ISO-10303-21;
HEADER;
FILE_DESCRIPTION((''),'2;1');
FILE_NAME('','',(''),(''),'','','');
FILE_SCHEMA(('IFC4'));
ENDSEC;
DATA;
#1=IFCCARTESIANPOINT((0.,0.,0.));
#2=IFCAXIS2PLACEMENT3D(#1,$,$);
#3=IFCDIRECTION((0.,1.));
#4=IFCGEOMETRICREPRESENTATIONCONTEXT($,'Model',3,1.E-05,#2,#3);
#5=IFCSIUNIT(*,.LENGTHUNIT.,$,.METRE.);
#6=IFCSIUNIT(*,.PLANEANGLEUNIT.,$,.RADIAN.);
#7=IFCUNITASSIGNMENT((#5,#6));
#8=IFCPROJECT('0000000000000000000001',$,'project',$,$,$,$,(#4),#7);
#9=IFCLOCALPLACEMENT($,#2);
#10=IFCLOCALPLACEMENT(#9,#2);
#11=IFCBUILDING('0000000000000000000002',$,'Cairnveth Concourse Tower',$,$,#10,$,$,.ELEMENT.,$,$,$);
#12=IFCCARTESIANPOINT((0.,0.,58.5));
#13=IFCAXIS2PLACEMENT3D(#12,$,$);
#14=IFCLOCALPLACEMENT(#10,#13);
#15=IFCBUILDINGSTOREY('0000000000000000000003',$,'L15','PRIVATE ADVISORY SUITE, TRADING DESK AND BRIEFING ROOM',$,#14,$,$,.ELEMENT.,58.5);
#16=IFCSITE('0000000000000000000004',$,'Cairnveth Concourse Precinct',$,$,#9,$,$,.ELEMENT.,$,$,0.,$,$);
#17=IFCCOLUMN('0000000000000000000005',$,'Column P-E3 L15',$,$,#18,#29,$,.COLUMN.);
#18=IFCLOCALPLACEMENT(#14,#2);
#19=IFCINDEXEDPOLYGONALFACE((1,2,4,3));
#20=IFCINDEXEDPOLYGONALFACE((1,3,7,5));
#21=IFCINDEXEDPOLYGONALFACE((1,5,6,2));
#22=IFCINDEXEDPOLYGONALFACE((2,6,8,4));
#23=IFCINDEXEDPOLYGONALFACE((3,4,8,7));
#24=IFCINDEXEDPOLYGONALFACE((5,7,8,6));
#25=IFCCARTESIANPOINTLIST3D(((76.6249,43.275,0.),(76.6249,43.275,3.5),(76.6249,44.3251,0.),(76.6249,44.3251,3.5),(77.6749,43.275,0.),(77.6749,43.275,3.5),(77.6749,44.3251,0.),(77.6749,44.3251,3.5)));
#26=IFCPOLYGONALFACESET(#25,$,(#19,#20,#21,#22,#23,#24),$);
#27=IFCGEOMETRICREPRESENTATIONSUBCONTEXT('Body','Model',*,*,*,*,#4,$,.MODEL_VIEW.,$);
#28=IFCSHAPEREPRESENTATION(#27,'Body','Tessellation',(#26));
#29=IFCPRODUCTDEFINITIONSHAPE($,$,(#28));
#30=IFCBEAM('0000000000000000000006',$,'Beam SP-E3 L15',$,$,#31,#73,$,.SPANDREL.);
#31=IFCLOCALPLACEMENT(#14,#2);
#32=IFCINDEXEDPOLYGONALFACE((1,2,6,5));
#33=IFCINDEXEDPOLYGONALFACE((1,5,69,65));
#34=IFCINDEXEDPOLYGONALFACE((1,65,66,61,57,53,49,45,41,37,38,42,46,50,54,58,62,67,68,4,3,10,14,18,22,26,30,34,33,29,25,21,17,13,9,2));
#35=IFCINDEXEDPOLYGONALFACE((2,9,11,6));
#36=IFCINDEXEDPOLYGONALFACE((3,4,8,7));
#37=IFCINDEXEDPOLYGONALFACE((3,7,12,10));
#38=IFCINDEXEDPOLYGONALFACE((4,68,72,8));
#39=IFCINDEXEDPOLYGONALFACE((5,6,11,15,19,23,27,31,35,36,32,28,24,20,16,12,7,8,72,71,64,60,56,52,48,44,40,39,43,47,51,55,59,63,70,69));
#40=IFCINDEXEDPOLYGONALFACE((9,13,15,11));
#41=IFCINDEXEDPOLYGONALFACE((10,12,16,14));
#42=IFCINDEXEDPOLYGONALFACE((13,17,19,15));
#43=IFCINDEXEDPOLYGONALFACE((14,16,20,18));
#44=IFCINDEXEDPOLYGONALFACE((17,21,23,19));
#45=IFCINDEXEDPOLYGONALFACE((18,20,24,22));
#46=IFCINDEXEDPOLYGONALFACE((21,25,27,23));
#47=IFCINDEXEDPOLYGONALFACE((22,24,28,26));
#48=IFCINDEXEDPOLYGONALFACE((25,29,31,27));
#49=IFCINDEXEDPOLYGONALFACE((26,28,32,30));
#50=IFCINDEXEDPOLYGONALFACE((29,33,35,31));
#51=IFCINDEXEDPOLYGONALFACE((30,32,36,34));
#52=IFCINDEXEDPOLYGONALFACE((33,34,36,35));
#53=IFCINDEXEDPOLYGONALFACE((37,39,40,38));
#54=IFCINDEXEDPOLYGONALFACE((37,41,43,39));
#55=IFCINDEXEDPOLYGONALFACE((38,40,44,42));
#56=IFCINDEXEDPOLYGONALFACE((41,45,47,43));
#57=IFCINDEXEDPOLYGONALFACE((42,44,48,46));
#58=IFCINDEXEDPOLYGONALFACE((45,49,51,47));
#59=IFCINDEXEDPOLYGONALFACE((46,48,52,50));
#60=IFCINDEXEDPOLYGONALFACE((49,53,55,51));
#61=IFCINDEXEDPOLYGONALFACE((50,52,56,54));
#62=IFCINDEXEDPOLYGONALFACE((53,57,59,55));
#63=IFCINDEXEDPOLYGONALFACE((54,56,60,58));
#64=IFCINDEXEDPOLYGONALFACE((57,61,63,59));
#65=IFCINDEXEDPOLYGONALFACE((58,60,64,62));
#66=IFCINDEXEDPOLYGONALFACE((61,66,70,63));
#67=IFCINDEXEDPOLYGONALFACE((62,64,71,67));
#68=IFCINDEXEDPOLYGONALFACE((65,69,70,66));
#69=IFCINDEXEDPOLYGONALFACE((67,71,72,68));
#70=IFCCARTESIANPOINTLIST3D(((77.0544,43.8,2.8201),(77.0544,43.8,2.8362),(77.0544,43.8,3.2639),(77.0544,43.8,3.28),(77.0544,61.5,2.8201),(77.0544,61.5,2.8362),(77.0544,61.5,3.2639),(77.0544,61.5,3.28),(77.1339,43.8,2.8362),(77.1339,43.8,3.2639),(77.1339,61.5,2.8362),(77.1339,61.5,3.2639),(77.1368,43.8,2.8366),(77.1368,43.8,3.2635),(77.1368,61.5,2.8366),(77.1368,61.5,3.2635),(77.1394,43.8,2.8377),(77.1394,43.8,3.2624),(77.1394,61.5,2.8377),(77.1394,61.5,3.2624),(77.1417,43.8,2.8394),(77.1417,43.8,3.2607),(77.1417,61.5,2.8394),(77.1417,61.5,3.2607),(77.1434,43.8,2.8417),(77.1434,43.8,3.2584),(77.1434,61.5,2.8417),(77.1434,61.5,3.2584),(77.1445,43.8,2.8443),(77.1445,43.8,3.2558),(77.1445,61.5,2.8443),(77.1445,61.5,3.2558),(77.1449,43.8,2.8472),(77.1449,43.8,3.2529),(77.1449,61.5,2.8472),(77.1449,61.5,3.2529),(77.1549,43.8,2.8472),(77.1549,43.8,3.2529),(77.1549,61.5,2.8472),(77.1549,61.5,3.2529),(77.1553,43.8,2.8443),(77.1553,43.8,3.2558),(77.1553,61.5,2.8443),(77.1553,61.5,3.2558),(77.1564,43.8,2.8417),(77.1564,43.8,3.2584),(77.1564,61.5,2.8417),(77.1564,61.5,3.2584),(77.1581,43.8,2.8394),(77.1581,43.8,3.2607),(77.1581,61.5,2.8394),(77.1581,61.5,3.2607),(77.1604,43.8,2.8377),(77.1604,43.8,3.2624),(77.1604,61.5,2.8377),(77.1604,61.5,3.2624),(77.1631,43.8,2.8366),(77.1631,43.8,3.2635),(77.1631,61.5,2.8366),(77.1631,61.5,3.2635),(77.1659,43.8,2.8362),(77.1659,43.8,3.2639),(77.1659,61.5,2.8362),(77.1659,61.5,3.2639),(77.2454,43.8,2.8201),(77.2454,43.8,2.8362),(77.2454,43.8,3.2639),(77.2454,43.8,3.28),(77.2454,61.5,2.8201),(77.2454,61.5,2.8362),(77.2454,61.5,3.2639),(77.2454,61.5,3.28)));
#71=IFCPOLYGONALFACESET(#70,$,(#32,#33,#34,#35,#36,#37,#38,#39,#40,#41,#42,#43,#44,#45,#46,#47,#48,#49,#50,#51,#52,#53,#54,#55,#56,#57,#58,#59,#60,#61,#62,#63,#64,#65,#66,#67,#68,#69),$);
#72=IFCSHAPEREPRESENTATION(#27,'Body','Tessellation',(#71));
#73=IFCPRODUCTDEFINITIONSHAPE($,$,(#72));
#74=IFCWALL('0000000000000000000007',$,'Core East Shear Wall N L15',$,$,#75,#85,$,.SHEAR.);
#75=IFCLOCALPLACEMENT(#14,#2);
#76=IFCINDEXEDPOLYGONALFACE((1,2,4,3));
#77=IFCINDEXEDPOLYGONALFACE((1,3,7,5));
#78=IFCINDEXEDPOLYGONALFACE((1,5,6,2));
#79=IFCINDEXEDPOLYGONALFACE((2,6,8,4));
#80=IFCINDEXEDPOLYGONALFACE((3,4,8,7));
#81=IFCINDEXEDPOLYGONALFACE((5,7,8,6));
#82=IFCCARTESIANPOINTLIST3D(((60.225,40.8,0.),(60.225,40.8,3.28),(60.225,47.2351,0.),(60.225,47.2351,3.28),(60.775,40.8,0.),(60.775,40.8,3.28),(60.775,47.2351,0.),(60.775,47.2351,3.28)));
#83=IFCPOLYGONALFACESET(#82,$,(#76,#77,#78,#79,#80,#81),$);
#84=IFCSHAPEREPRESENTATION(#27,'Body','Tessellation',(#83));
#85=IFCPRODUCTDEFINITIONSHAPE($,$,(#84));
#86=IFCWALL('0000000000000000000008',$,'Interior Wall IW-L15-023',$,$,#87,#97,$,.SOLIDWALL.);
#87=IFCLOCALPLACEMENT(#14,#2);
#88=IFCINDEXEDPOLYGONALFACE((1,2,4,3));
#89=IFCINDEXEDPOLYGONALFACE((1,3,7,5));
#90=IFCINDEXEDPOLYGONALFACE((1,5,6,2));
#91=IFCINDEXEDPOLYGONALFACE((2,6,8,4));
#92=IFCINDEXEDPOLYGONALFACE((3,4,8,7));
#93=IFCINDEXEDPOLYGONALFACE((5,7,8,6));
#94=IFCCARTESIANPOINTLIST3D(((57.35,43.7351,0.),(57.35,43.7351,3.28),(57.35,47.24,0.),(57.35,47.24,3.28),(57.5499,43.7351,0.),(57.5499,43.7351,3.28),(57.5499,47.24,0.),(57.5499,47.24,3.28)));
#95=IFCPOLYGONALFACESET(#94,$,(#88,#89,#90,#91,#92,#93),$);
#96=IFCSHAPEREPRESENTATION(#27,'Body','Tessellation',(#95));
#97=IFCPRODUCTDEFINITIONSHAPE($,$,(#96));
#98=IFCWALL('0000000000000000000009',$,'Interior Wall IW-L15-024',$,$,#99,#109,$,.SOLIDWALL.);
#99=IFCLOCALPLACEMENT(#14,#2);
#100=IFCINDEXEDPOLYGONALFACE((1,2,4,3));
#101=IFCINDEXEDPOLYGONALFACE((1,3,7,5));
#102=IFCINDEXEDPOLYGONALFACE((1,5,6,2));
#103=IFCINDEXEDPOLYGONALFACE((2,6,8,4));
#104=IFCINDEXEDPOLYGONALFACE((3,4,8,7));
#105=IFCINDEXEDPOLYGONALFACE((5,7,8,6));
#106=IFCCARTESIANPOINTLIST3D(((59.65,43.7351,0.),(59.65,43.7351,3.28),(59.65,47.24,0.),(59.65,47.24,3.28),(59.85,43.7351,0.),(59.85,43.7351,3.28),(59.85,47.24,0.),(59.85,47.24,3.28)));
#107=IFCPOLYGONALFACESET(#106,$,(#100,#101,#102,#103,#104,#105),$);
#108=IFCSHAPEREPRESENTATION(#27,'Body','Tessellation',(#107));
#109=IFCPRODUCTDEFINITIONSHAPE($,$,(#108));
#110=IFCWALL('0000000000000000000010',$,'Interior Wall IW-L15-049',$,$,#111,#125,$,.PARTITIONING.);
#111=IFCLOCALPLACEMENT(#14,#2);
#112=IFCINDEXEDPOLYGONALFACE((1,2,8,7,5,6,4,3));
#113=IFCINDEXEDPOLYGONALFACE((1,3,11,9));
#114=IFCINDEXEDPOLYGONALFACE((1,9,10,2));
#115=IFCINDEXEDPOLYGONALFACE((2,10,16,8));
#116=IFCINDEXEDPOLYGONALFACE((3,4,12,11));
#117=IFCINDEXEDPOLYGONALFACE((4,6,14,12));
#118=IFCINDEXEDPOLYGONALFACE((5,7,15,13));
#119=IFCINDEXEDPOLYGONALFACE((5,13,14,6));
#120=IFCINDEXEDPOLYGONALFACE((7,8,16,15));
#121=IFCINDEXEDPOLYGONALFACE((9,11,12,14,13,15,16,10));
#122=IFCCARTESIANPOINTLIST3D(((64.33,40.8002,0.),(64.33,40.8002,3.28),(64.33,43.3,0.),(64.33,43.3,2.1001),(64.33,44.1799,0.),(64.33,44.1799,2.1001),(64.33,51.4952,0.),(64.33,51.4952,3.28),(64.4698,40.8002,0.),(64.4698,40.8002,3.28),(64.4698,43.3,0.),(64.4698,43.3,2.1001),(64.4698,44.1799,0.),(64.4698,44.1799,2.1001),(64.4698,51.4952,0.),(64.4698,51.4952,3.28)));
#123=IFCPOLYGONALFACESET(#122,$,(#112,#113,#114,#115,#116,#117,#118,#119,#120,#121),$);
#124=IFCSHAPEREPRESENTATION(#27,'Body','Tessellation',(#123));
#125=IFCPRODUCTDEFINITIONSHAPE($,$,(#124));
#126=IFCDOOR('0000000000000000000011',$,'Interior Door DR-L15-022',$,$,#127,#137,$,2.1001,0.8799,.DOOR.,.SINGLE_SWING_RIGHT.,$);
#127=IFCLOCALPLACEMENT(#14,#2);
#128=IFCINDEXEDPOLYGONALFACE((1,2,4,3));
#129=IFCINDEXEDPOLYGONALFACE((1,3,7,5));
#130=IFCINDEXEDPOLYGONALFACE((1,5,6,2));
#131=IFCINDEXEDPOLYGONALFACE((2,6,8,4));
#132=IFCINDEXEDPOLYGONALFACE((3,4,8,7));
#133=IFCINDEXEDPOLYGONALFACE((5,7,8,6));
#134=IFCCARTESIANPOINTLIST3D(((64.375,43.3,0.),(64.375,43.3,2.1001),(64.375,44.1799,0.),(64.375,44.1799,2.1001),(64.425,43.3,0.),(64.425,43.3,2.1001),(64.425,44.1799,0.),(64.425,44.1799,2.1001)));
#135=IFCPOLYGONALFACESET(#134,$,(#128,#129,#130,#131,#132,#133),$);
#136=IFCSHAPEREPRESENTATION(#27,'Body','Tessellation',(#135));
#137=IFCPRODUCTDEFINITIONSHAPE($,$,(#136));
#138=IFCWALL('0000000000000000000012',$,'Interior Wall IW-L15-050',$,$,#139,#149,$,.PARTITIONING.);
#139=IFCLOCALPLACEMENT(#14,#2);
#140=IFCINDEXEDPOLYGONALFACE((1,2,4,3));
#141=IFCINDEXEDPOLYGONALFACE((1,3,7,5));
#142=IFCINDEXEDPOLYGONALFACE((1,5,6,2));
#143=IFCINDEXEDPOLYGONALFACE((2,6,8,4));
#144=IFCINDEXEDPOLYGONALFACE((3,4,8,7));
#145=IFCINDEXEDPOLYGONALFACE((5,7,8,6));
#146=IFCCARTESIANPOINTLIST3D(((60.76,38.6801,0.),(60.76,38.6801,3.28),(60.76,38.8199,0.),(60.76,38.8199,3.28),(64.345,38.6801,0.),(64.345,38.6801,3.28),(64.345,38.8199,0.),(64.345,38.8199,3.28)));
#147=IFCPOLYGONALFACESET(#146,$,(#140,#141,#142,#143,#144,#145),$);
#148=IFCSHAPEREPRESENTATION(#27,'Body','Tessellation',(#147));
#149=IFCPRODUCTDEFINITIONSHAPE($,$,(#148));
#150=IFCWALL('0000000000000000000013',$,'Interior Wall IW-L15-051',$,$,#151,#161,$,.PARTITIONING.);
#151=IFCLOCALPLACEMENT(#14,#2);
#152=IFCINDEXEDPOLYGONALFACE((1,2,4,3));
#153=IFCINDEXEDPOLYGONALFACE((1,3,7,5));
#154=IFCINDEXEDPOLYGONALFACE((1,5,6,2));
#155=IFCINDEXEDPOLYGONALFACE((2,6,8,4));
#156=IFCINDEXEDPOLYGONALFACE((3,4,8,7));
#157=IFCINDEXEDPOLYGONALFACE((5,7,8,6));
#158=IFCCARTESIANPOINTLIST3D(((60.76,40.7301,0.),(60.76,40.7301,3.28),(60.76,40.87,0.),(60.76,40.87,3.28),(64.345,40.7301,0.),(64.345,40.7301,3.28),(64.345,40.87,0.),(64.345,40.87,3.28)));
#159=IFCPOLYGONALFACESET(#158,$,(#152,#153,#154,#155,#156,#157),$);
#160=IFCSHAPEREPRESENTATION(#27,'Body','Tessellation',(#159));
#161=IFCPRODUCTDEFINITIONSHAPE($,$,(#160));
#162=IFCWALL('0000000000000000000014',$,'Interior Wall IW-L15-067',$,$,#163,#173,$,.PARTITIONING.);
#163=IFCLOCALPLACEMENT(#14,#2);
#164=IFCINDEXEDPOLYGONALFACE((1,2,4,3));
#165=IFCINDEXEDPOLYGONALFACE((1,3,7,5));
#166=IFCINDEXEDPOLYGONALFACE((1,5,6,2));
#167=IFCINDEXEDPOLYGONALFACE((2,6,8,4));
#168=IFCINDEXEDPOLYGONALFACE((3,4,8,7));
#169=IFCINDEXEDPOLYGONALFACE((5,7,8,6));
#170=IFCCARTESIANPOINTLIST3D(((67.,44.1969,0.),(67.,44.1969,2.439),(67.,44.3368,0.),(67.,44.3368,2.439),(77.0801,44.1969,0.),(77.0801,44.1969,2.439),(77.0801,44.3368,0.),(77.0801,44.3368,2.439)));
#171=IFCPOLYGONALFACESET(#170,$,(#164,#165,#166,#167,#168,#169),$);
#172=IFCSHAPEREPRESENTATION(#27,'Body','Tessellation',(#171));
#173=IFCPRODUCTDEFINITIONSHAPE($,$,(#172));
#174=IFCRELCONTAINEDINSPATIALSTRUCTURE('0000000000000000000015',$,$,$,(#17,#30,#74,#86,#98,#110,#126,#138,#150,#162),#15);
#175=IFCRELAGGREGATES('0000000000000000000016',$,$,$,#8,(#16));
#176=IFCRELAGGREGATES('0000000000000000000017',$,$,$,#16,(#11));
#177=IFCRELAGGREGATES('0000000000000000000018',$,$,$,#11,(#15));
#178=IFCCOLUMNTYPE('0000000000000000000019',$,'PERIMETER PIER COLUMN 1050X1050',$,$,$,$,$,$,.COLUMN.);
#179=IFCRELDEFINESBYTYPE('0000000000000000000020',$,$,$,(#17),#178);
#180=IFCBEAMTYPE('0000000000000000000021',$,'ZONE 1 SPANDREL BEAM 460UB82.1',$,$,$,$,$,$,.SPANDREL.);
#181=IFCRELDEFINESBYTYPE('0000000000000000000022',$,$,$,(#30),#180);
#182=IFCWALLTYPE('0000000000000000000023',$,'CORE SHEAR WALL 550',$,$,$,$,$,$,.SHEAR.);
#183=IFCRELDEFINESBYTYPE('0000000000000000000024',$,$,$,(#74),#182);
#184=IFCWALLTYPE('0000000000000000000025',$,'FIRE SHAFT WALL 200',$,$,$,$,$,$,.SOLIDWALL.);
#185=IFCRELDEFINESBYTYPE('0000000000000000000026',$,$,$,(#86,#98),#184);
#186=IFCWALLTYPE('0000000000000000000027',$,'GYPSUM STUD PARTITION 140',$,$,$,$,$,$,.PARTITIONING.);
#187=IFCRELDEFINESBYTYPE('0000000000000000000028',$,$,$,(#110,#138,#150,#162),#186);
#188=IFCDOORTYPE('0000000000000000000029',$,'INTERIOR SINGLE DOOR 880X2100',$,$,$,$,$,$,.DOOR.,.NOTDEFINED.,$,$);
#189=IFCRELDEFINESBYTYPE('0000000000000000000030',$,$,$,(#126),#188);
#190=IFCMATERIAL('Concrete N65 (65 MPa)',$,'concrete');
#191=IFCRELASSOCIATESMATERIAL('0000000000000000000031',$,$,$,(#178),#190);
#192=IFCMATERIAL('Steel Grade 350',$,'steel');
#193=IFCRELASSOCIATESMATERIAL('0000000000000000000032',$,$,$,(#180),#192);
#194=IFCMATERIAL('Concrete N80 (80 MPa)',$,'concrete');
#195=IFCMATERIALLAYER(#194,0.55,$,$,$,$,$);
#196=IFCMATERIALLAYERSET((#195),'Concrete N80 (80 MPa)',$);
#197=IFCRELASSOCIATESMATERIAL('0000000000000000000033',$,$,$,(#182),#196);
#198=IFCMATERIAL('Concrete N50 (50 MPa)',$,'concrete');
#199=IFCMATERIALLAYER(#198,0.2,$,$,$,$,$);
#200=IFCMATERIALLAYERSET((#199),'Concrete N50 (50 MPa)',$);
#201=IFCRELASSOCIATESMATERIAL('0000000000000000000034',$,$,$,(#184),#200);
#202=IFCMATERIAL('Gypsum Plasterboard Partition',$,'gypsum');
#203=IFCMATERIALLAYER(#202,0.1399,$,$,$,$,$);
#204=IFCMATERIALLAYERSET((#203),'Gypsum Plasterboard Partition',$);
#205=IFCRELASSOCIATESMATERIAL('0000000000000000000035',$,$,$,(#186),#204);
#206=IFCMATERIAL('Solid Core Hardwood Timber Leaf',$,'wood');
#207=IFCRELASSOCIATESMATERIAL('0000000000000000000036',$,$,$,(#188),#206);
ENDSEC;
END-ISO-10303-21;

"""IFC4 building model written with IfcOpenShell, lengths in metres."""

from ifc_helpers import new_model, si_unit, direction, frame, frame_2d, origin, origin_2d, place, context, subcontext, project, spatial, rectangle, i_section, extrude, material, layer, layer_set, material_profile, profile_set, type_object, element, fill, save


model = new_model("IFC4")

# Units and contexts
model_context = context("Model", 3, precision=1e-05, world=origin(), true_north=direction((0.0, 1.0)))
body_context = subcontext(model_context, "Body", "Model", "MODEL_VIEW")
ifc_project = project(units=[si_unit("LENGTHUNIT", "METRE"), si_unit("PLANEANGLEUNIT", "RADIAN")], contexts=[model_context])

# Site, building, storey
site_placement = place(None, origin())
site = spatial("IfcSite", under=ifc_project, at=site_placement, Name="Cairnveth Concourse Precinct", CompositionType="ELEMENT", RefElevation=0.0)
building_placement = place(site_placement, origin())
building = spatial("IfcBuilding", under=site, at=building_placement, Name="Cairnveth Concourse Tower", CompositionType="ELEMENT")
storey_placement = place(building_placement, frame((0.0, 0.0, 58.5)))
storey = spatial("IfcBuildingStorey", under=building, at=storey_placement, Name="L15", Description="PRIVATE ADVISORY SUITE, TRADING DESK AND BRIEFING ROOM", CompositionType="ELEMENT", Elevation=58.5)

# Column
ifc_material_1 = material(Name="Concrete N65 (65 MPa)", Category="concrete")
ifc_material_profile_1 = material_profile(ifc_material_1, rectangle(XDim=1.05, YDim=1.05, at=origin_2d()), Name="RC-COL-1050x1050")
ifc_profile_set_1 = profile_set([ifc_material_profile_1], Name="Concrete N65 (65 MPa)")
column_type = type_object("IfcColumnType", Name="PERIMETER PIER COLUMN 1050X1050", PredefinedType="COLUMN", material=ifc_profile_set_1)
column_placement = place(storey_placement, frame((77.1499, 43.8, 0.0), z_axis=(0.0, 0.0, 1.0), x_axis=(0.0, 1.0, 0.0)))
element("IfcColumn", 1, at=column_placement, inside=storey, type_object=column_type, Name="Column P-E3 L15", PredefinedType="COLUMN", context=body_context, shape_type="SweptSolid", body=[
    extrude(rectangle(XDim=1.05, YDim=1.05, at=origin_2d()), origin(), (0.0, 0.0, 1.0), 3.5),
])

# Beam
ifc_material_2 = material(Name="Steel Grade 350", Category="steel")
ifc_material_profile_2 = material_profile(ifc_material_2, i_section(OverallWidth=0.1909, OverallDepth=0.46, WebThickness=0.01, FlangeThickness=0.0161, FilletRadius=0.011, at=origin_2d()), Name="460UB82.1")
ifc_profile_set_2 = profile_set([ifc_material_profile_2], Name="Steel Grade 350")
beam_type = type_object("IfcBeamType", Name="ZONE 1 SPANDREL BEAM 460UB82.1", PredefinedType="SPANDREL", material=ifc_profile_set_2)
beam_placement = place(storey_placement, frame((77.1499, 43.8, 3.05), z_axis=(0.0, 1.0, 0.0), x_axis=(-1.0, 0.0, 0.0)))
element("IfcBeam", 2, at=beam_placement, inside=storey, type_object=beam_type, Name="Beam SP-E3 L15", PredefinedType="SPANDREL", context=body_context, shape_type="SweptSolid", body=[
    extrude(i_section(OverallWidth=0.1909, OverallDepth=0.46, WebThickness=0.01, FlangeThickness=0.0161, FilletRadius=0.011, at=origin_2d()), origin(), (0.0, 0.0, 1.0), 17.7),
])

# Wall
ifc_material_3 = material(Name="Concrete N80 (80 MPa)", Category="concrete")
ifc_layer_1 = layer(ifc_material_3, 0.55)
ifc_layer_set_1 = layer_set([ifc_layer_1], Name="Concrete N80 (80 MPa)")
wall_type_1 = type_object("IfcWallType", Name="CORE SHEAR WALL 550", PredefinedType="SHEAR", material=ifc_layer_set_1)
wall_1_placement = place(storey_placement, frame((60.5, 40.8, 0.0), z_axis=(0.0, 0.0, 1.0), x_axis=(0.0, 1.0, 0.0)))
element("IfcWall", 3, at=wall_1_placement, inside=storey, type_object=wall_type_1, Name="Core East Shear Wall N L15", PredefinedType="SHEAR", context=body_context, shape_type="SweptSolid", body=[
    extrude(rectangle(XDim=6.4351, YDim=0.55, at=frame_2d((3.2175, 0.0))), origin(), (0.0, 0.0, 1.0), 3.28),
])

# Shared definitions
ifc_material_4 = material(Name="Concrete N50 (50 MPa)", Category="concrete")
ifc_layer_2 = layer(ifc_material_4, 0.2)
ifc_layer_set_2 = layer_set([ifc_layer_2], Name="Concrete N50 (50 MPa)")
wall_type_2 = type_object("IfcWallType", Name="FIRE SHAFT WALL 200", PredefinedType="SOLIDWALL", material=ifc_layer_set_2)

# Walls
for number, where, z_axis, x_axis, name in (
    (4, (57.45, 43.7351, 0.0), (0.0, 0.0, 1.0), (0.0, 1.0, 0.0), "Interior Wall IW-L15-023"),
    (5, (59.75, 43.7351, 0.0), (0.0, 0.0, 1.0), (0.0, 1.0, 0.0), "Interior Wall IW-L15-024"),
):
    element("IfcWall", number, at=place(storey_placement, frame(where, z_axis=z_axis, x_axis=x_axis)), inside=storey, type_object=wall_type_2, Name=name, PredefinedType="SOLIDWALL", context=body_context, shape_type="SweptSolid", body=[
        extrude(rectangle(XDim=3.5049, YDim=0.2, at=frame_2d((1.7524, 0.0))), origin(), (0.0, 0.0, 1.0), 3.28),
    ])

# Wall, opening, door
ifc_material_5 = material(Name="Gypsum Plasterboard Partition", Category="gypsum")
ifc_layer_3 = layer(ifc_material_5, 0.1399)
ifc_layer_set_3 = layer_set([ifc_layer_3], Name="Gypsum Plasterboard Partition")
wall_type_3 = type_object("IfcWallType", Name="GYPSUM STUD PARTITION 140", PredefinedType="PARTITIONING", material=ifc_layer_set_3)
wall_2_placement = place(storey_placement, frame((64.3999, 40.8, 0.0), z_axis=(0.0, 0.0, 1.0), x_axis=(0.0, 1.0, 0.0)))
wall_2 = element("IfcWall", 6, at=wall_2_placement, inside=storey, type_object=wall_type_3, Name="Interior Wall IW-L15-049", PredefinedType="PARTITIONING", context=body_context, shape_type="SweptSolid", body=[
    extrude(rectangle(XDim=10.6951, YDim=0.1399, at=frame_2d((5.3477, 0.0))), origin(), (0.0, 0.0, 1.0), 3.28),
])
opening_1_placement = place(wall_2_placement, frame((2.5, 0.0, 0.0)))
opening_1 = element("IfcOpeningElement", 7, at=opening_1_placement, cuts=wall_2, PredefinedType="OPENING", context=body_context, shape_type="SweptSolid", body=[
    extrude(rectangle(XDim=0.8799, YDim=2.1001, at=frame_2d((0.4399, 1.05))), frame((0.0, 0.0798, 0.0), z_axis=(0.0, -1.0, 0.0), x_axis=(1.0, 0.0, 0.0)), (0.0, 0.0, 1.0), 0.1599),
])
ifc_material_6 = material(Name="Solid Core Hardwood Timber Leaf", Category="wood")
door_type_1 = type_object("IfcDoorType", Name="INTERIOR SINGLE DOOR 880X2100", OperationType="NOTDEFINED", PredefinedType="DOOR", material=ifc_material_6)
door_1_placement = place(opening_1_placement, origin())
door_1 = element("IfcDoor", 8, at=door_1_placement, inside=storey, type_object=door_type_1, Name="Interior Door DR-L15-022", OperationType="SINGLE_SWING_RIGHT", OverallHeight=2.1001, OverallWidth=0.8799, PredefinedType="DOOR", context=body_context, shape_type="SweptSolid", body=[
    extrude(rectangle(XDim=0.8799, YDim=2.1001, at=frame_2d((0.4399, 1.05))), frame((0.0, 0.0249, 0.0), z_axis=(0.0, -1.0, 0.0), x_axis=(1.0, 0.0, 0.0)), (0.0, 0.0, 1.0), 0.05),
])
fill(opening_1, door_1)

# Walls
for number, where, z_axis, x_axis, name in (
    (9, (60.76, 38.75, 0.0), (0.0, 0.0, 1.0), (1.0, 0.0, 0.0), "Interior Wall IW-L15-050"),
    (10, (60.76, 40.8, 0.0), (0.0, 0.0, 1.0), (1.0, 0.0, 0.0), "Interior Wall IW-L15-051"),
):
    element("IfcWall", number, at=place(storey_placement, frame(where, z_axis=z_axis, x_axis=x_axis)), inside=storey, type_object=wall_type_3, Name=name, PredefinedType="PARTITIONING", context=body_context, shape_type="SweptSolid", body=[
        extrude(rectangle(XDim=3.585, YDim=0.1399, at=frame_2d((1.7925, 0.0))), origin(), (0.0, 0.0, 1.0), 3.28),
    ])
wall_3_placement = place(storey_placement, frame((67.0, 44.2668, 0.0), z_axis=(0.0, 0.0, 1.0), x_axis=(1.0, 0.0, 0.0)))
element("IfcWall", 11, at=wall_3_placement, inside=storey, type_object=wall_type_3, Name="Interior Wall IW-L15-067", PredefinedType="PARTITIONING", context=body_context, shape_type="SweptSolid", body=[
    extrude(rectangle(XDim=10.0801, YDim=0.1399, at=frame_2d((5.04, 0.0))), origin(), (0.0, 0.0, 1.0), 2.439),
])

save(model, "model.ifc")
